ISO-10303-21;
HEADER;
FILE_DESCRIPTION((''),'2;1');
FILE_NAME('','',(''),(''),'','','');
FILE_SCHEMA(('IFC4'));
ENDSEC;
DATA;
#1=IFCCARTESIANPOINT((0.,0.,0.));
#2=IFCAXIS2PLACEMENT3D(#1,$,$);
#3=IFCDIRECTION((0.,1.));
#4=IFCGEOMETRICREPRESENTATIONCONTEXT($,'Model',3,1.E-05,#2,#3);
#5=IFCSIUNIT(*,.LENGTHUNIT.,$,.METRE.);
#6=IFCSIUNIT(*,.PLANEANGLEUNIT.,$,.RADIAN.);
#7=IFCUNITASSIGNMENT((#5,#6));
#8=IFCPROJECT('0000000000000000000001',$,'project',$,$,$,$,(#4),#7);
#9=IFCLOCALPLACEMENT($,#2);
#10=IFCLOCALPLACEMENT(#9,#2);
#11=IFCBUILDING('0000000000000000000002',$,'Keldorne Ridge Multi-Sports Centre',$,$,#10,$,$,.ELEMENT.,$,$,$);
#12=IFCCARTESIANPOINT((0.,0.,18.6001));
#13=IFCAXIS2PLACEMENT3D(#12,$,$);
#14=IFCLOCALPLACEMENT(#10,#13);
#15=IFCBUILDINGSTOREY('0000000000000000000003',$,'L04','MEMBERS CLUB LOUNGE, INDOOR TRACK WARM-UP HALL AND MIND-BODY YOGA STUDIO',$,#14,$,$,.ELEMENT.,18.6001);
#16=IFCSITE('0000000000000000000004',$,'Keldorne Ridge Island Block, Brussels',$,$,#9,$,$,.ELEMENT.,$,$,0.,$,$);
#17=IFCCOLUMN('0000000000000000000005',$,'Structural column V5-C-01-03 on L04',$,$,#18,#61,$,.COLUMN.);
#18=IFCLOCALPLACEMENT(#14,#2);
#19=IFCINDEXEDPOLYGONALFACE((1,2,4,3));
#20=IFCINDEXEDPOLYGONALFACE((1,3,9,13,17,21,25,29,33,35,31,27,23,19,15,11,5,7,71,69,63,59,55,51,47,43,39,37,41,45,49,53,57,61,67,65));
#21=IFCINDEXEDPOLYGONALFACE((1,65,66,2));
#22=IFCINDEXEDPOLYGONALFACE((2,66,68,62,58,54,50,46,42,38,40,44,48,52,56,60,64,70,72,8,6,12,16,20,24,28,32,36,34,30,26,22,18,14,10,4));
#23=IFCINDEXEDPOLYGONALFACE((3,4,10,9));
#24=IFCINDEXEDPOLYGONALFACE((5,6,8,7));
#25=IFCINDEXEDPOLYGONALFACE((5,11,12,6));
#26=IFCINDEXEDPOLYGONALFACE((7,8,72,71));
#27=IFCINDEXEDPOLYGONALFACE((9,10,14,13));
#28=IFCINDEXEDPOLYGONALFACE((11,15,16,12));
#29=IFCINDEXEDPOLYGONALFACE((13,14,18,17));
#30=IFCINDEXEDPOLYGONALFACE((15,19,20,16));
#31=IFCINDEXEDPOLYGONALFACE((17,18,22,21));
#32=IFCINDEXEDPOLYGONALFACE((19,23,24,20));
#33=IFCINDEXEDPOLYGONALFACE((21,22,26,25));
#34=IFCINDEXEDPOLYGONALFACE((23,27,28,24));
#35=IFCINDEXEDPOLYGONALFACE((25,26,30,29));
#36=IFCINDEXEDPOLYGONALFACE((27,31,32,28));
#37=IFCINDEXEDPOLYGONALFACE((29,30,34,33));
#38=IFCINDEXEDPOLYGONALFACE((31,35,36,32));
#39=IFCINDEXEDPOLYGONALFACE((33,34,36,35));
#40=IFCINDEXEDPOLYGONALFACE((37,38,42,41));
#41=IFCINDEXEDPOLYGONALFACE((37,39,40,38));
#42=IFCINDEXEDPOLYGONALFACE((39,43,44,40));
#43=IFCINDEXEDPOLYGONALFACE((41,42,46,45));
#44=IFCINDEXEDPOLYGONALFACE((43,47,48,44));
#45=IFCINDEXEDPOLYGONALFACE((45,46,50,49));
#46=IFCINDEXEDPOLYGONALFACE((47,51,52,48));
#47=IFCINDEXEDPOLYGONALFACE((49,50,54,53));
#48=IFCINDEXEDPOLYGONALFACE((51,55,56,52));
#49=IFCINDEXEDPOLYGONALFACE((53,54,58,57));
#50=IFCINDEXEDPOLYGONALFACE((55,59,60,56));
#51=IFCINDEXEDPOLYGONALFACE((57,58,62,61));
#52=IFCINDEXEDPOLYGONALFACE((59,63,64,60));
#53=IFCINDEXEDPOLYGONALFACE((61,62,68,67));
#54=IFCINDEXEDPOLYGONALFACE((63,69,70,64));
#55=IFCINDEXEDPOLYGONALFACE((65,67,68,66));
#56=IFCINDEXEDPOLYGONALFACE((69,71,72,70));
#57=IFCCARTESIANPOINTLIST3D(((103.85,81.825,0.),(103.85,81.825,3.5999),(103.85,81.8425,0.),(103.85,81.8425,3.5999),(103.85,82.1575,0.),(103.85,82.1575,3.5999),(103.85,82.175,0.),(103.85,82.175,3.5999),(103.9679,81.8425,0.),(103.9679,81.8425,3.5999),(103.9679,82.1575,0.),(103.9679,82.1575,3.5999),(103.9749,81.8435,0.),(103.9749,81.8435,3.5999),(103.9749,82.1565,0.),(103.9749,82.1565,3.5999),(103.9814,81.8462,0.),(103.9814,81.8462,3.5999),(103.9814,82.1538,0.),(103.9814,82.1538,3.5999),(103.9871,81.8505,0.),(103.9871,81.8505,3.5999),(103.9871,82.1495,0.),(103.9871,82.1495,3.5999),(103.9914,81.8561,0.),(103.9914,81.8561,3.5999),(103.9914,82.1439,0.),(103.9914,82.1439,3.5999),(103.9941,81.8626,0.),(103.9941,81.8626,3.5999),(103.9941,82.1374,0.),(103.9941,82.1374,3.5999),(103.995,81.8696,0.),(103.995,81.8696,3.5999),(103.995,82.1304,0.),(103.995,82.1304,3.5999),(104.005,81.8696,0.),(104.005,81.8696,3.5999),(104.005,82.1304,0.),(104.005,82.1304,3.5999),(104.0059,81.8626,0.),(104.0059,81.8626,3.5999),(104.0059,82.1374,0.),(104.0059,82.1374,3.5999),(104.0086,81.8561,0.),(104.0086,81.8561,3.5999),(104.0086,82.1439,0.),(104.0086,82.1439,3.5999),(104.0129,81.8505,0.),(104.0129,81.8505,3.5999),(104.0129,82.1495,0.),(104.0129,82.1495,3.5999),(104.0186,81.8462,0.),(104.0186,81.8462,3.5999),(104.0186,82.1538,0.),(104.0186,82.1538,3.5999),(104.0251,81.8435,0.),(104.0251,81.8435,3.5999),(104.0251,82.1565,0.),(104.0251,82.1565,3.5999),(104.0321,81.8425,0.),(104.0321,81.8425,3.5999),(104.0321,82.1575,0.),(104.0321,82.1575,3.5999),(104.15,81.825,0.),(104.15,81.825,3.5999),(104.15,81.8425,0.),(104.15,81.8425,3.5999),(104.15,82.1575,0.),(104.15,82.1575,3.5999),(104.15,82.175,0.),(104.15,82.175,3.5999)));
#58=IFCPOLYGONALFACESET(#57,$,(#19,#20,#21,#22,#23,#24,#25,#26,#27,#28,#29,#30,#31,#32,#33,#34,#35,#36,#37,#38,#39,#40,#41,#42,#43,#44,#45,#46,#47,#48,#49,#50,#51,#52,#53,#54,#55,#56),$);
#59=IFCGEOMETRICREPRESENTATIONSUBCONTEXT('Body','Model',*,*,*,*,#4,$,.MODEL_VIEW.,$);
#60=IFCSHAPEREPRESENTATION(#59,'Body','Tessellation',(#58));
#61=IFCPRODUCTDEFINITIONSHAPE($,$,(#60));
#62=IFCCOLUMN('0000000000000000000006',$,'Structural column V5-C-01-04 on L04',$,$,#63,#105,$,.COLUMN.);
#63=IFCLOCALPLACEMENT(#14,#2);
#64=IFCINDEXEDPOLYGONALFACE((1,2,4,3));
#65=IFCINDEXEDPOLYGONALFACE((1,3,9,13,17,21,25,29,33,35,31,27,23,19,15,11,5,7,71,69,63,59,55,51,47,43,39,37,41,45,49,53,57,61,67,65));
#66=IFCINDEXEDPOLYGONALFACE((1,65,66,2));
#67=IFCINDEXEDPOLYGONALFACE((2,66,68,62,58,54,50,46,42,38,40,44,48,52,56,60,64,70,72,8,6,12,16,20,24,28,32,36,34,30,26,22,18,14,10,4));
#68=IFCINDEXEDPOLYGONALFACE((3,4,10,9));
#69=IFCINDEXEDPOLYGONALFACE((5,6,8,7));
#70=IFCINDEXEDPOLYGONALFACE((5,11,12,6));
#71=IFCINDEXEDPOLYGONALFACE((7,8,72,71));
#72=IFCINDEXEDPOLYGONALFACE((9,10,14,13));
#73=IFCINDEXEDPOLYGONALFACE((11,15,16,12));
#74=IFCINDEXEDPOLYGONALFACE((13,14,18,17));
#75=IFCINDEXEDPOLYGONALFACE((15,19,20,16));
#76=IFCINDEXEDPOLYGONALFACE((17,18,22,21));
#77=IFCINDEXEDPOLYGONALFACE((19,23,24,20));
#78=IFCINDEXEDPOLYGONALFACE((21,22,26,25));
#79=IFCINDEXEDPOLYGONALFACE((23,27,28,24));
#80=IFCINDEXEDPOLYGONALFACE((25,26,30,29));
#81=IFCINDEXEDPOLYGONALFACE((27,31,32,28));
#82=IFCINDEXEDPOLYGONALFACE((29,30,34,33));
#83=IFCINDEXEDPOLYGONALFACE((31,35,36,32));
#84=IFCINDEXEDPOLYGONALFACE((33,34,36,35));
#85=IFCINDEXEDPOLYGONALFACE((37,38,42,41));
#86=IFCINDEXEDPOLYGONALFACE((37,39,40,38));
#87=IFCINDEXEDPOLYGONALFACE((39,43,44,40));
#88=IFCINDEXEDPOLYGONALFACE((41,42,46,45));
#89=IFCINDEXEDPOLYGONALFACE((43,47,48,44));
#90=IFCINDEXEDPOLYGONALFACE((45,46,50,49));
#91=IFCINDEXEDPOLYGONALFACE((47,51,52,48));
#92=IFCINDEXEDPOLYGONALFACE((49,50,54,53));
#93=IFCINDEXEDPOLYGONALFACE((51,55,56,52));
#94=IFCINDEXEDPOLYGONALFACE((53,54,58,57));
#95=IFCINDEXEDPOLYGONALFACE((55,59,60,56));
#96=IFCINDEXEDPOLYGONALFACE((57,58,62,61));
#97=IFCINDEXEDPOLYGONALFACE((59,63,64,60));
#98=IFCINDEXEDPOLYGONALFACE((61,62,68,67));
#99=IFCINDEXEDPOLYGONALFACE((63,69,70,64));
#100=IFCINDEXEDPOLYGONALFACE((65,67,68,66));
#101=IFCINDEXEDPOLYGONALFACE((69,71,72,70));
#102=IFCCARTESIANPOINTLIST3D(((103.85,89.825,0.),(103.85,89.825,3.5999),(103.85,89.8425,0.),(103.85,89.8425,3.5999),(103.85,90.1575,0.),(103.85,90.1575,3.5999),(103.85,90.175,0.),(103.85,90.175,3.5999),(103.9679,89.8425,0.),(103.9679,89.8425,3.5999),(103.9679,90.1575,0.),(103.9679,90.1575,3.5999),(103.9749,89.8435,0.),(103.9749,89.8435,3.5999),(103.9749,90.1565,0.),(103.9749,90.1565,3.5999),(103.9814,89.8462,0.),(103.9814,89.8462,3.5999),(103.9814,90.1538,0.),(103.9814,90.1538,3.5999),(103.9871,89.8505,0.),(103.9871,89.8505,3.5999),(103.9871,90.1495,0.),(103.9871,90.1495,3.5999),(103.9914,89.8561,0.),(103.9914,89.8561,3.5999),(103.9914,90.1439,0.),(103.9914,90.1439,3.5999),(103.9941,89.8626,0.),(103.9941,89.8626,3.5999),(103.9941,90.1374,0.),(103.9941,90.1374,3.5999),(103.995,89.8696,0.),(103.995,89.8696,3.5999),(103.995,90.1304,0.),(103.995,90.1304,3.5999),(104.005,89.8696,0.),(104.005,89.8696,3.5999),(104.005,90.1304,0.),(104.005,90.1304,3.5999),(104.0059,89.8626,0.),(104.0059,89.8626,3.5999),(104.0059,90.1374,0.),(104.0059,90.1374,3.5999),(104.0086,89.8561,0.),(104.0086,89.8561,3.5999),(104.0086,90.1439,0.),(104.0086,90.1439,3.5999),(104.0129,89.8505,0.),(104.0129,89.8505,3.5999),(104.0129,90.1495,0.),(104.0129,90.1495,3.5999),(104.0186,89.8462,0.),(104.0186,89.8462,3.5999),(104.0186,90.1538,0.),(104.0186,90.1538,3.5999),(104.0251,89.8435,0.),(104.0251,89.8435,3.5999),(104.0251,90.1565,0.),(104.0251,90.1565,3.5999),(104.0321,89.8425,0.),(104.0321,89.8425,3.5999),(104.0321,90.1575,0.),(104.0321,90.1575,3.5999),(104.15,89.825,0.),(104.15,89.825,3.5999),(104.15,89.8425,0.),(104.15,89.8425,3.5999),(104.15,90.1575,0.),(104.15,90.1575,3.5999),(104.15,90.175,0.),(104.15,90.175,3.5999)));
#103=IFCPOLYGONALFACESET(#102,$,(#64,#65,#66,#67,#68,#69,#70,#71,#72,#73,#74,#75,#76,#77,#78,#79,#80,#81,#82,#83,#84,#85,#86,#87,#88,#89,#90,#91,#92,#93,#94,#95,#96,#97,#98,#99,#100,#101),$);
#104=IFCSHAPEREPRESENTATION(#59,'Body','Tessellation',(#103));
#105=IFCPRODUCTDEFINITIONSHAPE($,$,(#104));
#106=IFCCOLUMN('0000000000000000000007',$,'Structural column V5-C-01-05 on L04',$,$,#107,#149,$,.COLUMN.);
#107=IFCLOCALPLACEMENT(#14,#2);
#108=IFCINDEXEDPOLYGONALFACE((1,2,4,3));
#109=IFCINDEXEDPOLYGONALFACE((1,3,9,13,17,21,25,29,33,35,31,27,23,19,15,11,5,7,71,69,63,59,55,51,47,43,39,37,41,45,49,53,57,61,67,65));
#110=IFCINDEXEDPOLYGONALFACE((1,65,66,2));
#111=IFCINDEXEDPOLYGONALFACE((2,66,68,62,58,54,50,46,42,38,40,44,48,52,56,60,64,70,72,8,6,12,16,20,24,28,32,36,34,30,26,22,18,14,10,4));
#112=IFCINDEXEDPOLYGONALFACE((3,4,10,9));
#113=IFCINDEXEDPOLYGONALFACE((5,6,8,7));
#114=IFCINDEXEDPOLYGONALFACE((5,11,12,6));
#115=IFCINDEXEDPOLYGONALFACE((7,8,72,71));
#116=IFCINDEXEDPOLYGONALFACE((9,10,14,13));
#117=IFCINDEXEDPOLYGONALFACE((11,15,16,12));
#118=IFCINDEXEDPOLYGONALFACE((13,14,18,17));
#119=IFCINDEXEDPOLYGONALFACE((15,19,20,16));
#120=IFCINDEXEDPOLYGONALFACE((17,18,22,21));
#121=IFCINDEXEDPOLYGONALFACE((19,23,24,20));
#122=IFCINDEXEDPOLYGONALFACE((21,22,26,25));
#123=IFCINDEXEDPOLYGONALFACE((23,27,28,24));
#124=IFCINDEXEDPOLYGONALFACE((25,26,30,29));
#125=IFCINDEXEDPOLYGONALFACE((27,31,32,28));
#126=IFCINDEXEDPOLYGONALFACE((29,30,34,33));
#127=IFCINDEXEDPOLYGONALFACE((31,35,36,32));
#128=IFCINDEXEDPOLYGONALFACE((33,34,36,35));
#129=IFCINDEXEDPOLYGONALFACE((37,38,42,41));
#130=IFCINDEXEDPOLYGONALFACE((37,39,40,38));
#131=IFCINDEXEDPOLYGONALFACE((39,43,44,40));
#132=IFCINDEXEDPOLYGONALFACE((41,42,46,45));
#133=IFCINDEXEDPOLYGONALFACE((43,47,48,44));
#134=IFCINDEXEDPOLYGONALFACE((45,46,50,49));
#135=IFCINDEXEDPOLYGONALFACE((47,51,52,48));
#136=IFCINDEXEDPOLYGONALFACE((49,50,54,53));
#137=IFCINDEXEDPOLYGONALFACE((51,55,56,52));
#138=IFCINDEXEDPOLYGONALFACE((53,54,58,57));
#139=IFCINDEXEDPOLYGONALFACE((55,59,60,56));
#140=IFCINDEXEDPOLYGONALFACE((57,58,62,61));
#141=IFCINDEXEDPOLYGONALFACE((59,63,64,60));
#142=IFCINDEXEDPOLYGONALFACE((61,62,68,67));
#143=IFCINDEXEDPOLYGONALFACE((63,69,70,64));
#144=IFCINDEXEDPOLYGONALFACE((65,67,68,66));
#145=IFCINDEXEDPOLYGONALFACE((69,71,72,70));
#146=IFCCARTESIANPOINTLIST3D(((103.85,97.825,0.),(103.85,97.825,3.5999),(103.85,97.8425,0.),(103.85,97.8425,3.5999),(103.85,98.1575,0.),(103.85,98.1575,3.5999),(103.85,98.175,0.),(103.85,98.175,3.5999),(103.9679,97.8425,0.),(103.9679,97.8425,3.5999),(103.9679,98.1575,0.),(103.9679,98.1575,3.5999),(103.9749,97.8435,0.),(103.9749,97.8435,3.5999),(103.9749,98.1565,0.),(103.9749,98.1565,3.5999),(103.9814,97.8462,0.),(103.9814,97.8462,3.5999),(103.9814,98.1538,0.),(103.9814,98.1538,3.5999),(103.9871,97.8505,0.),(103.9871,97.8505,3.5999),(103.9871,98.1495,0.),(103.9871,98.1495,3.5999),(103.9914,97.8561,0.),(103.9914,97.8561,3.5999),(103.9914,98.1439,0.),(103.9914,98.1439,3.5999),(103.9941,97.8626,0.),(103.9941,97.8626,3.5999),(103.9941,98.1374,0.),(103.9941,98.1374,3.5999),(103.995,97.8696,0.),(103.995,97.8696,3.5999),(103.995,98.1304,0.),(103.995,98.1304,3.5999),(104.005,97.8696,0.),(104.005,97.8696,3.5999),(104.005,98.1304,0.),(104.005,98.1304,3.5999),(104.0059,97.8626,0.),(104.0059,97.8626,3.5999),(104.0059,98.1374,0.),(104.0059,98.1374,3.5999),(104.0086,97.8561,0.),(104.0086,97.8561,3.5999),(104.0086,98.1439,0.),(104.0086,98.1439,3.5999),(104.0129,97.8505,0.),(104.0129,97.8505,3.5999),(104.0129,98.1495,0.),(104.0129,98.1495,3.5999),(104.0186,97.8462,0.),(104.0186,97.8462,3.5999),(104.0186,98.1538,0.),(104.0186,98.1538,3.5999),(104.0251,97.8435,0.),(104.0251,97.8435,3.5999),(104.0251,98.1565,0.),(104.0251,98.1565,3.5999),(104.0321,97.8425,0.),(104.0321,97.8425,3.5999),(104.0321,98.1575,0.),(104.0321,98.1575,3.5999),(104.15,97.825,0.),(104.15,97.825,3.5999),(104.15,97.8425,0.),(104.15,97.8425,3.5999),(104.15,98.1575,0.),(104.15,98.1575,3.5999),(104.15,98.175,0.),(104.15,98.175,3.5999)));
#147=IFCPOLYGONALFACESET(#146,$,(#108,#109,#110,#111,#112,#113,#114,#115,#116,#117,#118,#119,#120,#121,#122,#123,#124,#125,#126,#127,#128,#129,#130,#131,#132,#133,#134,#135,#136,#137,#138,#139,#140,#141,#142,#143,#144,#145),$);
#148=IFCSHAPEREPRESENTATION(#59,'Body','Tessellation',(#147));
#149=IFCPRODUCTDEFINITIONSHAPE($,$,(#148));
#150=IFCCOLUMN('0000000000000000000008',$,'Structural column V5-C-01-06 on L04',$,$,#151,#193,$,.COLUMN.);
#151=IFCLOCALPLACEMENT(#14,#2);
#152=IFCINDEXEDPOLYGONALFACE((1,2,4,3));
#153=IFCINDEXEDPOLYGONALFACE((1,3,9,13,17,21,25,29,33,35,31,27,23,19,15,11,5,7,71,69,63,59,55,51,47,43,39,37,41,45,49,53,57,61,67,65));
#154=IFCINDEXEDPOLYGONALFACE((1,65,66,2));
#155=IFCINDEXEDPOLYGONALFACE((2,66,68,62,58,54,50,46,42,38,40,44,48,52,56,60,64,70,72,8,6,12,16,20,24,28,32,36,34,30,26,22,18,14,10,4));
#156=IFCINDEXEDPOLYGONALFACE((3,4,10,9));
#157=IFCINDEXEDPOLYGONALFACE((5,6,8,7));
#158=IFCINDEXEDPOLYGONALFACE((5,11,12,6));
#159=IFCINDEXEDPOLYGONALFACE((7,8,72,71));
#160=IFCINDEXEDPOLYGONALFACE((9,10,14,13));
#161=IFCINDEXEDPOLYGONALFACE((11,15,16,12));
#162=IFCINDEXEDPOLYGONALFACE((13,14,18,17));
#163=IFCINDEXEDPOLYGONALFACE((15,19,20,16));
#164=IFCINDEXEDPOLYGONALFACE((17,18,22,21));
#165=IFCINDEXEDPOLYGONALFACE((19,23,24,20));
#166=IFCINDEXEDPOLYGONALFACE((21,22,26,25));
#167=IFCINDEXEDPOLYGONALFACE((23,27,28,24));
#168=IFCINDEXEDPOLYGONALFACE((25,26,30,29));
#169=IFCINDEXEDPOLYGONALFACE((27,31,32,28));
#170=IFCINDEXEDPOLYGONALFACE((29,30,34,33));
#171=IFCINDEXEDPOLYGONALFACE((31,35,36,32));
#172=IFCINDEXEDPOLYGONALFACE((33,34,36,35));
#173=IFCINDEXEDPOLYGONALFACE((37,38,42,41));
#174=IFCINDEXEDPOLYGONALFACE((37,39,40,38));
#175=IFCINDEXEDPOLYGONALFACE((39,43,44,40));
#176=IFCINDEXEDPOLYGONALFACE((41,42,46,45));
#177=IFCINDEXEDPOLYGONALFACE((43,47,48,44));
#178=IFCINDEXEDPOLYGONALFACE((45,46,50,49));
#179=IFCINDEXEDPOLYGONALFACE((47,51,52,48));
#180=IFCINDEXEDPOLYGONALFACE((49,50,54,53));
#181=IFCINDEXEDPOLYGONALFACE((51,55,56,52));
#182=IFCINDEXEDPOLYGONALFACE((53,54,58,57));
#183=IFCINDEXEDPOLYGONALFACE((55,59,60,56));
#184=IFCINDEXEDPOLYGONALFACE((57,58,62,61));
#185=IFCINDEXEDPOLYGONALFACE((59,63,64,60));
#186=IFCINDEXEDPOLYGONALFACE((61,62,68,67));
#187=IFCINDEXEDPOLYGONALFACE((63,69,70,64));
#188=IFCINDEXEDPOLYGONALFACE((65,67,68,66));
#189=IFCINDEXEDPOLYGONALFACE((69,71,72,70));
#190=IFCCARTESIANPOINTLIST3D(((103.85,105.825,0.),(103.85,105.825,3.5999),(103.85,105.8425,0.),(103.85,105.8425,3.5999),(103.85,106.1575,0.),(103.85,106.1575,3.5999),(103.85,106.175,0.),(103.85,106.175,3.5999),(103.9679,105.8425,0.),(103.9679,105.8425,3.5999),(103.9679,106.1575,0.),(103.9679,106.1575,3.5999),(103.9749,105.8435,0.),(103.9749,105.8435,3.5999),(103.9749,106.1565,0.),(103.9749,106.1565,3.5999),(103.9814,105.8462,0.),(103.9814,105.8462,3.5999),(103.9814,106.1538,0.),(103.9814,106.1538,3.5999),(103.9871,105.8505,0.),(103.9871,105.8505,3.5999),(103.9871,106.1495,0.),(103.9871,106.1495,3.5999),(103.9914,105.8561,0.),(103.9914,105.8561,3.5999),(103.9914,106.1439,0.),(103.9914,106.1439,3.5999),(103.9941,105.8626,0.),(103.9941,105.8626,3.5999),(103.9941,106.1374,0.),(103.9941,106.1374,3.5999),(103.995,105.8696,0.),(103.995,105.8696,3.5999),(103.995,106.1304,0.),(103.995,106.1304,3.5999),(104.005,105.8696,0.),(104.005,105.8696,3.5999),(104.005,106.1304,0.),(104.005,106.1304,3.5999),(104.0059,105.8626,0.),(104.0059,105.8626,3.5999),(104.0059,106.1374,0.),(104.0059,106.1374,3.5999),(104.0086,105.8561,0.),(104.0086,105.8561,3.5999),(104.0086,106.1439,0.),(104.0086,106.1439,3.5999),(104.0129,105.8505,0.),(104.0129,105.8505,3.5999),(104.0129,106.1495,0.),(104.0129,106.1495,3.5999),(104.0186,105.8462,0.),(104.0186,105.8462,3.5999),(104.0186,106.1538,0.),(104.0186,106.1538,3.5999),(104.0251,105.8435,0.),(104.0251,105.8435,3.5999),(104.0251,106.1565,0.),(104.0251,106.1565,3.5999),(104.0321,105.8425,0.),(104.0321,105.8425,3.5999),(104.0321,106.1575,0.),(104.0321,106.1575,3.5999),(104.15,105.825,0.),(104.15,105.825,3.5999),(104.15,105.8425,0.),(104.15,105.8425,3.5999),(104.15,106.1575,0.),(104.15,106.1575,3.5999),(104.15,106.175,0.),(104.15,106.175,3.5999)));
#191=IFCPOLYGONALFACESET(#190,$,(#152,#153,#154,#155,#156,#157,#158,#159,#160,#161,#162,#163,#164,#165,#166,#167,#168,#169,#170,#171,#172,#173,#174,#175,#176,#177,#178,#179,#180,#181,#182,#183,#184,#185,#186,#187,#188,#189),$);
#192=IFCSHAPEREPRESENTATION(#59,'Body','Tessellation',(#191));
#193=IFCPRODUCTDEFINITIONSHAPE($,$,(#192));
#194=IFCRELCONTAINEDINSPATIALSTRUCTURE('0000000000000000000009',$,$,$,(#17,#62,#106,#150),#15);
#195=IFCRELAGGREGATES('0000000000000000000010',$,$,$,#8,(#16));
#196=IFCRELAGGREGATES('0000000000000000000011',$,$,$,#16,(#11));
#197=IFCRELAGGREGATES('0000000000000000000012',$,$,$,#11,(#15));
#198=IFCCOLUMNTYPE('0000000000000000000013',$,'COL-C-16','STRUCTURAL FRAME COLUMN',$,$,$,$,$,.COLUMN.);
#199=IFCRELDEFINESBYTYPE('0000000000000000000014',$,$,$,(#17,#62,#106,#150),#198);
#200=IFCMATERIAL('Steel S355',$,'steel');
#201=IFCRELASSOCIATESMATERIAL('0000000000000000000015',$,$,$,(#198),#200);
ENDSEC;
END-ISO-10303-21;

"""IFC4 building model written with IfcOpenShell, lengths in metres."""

from ifc_helpers import new_model, si_unit, direction, frame, origin, origin_2d, place, context, subcontext, project, spatial, i_section, extrude, material, material_profile, profile_set, type_object, element, save


model = new_model("IFC4")

# Units and contexts
model_context = context("Model", 3, precision=1e-05, world=origin(), true_north=direction((0.0, 1.0)))
body_context = subcontext(model_context, "Body", "Model", "MODEL_VIEW")
ifc_project = project(units=[si_unit("LENGTHUNIT", "METRE"), si_unit("PLANEANGLEUNIT", "RADIAN")], contexts=[model_context])

# Site, building, storey
site_placement = place(None, origin())
site = spatial("IfcSite", under=ifc_project, at=site_placement, Name="Keldorne Ridge Island Block, Brussels", CompositionType="ELEMENT", RefElevation=0.0)
building_placement = place(site_placement, origin())
building = spatial("IfcBuilding", under=site, at=building_placement, Name="Keldorne Ridge Multi-Sports Centre", CompositionType="ELEMENT")
storey_placement = place(building_placement, frame((0.0, 0.0, 18.6001)))
storey = spatial("IfcBuildingStorey", under=building, at=storey_placement, Name="L04", Description="MEMBERS CLUB LOUNGE, INDOOR TRACK WARM-UP HALL AND MIND-BODY YOGA STUDIO", CompositionType="ELEMENT", Elevation=18.6001)

# Columns
ifc_material_1 = material(Name="Steel S355", Category="steel")
ifc_material_profile_1 = material_profile(ifc_material_1, i_section(OverallWidth=0.3, OverallDepth=0.3501, WebThickness=0.01, FlangeThickness=0.0176, FilletRadius=0.0271, at=origin_2d()), Name="HEA 360")
ifc_profile_set_1 = profile_set([ifc_material_profile_1], Name="Steel S355")
column_type = type_object("IfcColumnType", Name="COL-C-16", Description="STRUCTURAL FRAME COLUMN", PredefinedType="COLUMN", material=ifc_profile_set_1)
for number, where, z_axis, x_axis, name in (
    (1, (104.0, 82.0, 0.0), (0.0, 0.0, 1.0), (1.0, 0.0, 0.0), "Structural column V5-C-01-03 on L04"),
    (2, (104.0, 90.0, 0.0), (0.0, 0.0, 1.0), (1.0, 0.0, 0.0), "Structural column V5-C-01-04 on L04"),
    (3, (104.0, 98.0, 0.0), (0.0, 0.0, 1.0), (1.0, 0.0, 0.0), "Structural column V5-C-01-05 on L04"),
    (4, (104.0, 106.0, 0.0), (0.0, 0.0, 1.0), (1.0, 0.0, 0.0), "Structural column V5-C-01-06 on L04"),
):
    element("IfcColumn", number, at=place(storey_placement, frame(where, z_axis=z_axis, x_axis=x_axis)), inside=storey, type_object=column_type, Name=name, PredefinedType="COLUMN", context=body_context, shape_type="SweptSolid", body=[
        extrude(i_section(OverallWidth=0.3, OverallDepth=0.3501, WebThickness=0.01, FlangeThickness=0.0176, FilletRadius=0.0271, at=origin_2d()), origin(), (0.0, 0.0, 1.0), 3.5999),
    ])

save(model, "model.ifc")
